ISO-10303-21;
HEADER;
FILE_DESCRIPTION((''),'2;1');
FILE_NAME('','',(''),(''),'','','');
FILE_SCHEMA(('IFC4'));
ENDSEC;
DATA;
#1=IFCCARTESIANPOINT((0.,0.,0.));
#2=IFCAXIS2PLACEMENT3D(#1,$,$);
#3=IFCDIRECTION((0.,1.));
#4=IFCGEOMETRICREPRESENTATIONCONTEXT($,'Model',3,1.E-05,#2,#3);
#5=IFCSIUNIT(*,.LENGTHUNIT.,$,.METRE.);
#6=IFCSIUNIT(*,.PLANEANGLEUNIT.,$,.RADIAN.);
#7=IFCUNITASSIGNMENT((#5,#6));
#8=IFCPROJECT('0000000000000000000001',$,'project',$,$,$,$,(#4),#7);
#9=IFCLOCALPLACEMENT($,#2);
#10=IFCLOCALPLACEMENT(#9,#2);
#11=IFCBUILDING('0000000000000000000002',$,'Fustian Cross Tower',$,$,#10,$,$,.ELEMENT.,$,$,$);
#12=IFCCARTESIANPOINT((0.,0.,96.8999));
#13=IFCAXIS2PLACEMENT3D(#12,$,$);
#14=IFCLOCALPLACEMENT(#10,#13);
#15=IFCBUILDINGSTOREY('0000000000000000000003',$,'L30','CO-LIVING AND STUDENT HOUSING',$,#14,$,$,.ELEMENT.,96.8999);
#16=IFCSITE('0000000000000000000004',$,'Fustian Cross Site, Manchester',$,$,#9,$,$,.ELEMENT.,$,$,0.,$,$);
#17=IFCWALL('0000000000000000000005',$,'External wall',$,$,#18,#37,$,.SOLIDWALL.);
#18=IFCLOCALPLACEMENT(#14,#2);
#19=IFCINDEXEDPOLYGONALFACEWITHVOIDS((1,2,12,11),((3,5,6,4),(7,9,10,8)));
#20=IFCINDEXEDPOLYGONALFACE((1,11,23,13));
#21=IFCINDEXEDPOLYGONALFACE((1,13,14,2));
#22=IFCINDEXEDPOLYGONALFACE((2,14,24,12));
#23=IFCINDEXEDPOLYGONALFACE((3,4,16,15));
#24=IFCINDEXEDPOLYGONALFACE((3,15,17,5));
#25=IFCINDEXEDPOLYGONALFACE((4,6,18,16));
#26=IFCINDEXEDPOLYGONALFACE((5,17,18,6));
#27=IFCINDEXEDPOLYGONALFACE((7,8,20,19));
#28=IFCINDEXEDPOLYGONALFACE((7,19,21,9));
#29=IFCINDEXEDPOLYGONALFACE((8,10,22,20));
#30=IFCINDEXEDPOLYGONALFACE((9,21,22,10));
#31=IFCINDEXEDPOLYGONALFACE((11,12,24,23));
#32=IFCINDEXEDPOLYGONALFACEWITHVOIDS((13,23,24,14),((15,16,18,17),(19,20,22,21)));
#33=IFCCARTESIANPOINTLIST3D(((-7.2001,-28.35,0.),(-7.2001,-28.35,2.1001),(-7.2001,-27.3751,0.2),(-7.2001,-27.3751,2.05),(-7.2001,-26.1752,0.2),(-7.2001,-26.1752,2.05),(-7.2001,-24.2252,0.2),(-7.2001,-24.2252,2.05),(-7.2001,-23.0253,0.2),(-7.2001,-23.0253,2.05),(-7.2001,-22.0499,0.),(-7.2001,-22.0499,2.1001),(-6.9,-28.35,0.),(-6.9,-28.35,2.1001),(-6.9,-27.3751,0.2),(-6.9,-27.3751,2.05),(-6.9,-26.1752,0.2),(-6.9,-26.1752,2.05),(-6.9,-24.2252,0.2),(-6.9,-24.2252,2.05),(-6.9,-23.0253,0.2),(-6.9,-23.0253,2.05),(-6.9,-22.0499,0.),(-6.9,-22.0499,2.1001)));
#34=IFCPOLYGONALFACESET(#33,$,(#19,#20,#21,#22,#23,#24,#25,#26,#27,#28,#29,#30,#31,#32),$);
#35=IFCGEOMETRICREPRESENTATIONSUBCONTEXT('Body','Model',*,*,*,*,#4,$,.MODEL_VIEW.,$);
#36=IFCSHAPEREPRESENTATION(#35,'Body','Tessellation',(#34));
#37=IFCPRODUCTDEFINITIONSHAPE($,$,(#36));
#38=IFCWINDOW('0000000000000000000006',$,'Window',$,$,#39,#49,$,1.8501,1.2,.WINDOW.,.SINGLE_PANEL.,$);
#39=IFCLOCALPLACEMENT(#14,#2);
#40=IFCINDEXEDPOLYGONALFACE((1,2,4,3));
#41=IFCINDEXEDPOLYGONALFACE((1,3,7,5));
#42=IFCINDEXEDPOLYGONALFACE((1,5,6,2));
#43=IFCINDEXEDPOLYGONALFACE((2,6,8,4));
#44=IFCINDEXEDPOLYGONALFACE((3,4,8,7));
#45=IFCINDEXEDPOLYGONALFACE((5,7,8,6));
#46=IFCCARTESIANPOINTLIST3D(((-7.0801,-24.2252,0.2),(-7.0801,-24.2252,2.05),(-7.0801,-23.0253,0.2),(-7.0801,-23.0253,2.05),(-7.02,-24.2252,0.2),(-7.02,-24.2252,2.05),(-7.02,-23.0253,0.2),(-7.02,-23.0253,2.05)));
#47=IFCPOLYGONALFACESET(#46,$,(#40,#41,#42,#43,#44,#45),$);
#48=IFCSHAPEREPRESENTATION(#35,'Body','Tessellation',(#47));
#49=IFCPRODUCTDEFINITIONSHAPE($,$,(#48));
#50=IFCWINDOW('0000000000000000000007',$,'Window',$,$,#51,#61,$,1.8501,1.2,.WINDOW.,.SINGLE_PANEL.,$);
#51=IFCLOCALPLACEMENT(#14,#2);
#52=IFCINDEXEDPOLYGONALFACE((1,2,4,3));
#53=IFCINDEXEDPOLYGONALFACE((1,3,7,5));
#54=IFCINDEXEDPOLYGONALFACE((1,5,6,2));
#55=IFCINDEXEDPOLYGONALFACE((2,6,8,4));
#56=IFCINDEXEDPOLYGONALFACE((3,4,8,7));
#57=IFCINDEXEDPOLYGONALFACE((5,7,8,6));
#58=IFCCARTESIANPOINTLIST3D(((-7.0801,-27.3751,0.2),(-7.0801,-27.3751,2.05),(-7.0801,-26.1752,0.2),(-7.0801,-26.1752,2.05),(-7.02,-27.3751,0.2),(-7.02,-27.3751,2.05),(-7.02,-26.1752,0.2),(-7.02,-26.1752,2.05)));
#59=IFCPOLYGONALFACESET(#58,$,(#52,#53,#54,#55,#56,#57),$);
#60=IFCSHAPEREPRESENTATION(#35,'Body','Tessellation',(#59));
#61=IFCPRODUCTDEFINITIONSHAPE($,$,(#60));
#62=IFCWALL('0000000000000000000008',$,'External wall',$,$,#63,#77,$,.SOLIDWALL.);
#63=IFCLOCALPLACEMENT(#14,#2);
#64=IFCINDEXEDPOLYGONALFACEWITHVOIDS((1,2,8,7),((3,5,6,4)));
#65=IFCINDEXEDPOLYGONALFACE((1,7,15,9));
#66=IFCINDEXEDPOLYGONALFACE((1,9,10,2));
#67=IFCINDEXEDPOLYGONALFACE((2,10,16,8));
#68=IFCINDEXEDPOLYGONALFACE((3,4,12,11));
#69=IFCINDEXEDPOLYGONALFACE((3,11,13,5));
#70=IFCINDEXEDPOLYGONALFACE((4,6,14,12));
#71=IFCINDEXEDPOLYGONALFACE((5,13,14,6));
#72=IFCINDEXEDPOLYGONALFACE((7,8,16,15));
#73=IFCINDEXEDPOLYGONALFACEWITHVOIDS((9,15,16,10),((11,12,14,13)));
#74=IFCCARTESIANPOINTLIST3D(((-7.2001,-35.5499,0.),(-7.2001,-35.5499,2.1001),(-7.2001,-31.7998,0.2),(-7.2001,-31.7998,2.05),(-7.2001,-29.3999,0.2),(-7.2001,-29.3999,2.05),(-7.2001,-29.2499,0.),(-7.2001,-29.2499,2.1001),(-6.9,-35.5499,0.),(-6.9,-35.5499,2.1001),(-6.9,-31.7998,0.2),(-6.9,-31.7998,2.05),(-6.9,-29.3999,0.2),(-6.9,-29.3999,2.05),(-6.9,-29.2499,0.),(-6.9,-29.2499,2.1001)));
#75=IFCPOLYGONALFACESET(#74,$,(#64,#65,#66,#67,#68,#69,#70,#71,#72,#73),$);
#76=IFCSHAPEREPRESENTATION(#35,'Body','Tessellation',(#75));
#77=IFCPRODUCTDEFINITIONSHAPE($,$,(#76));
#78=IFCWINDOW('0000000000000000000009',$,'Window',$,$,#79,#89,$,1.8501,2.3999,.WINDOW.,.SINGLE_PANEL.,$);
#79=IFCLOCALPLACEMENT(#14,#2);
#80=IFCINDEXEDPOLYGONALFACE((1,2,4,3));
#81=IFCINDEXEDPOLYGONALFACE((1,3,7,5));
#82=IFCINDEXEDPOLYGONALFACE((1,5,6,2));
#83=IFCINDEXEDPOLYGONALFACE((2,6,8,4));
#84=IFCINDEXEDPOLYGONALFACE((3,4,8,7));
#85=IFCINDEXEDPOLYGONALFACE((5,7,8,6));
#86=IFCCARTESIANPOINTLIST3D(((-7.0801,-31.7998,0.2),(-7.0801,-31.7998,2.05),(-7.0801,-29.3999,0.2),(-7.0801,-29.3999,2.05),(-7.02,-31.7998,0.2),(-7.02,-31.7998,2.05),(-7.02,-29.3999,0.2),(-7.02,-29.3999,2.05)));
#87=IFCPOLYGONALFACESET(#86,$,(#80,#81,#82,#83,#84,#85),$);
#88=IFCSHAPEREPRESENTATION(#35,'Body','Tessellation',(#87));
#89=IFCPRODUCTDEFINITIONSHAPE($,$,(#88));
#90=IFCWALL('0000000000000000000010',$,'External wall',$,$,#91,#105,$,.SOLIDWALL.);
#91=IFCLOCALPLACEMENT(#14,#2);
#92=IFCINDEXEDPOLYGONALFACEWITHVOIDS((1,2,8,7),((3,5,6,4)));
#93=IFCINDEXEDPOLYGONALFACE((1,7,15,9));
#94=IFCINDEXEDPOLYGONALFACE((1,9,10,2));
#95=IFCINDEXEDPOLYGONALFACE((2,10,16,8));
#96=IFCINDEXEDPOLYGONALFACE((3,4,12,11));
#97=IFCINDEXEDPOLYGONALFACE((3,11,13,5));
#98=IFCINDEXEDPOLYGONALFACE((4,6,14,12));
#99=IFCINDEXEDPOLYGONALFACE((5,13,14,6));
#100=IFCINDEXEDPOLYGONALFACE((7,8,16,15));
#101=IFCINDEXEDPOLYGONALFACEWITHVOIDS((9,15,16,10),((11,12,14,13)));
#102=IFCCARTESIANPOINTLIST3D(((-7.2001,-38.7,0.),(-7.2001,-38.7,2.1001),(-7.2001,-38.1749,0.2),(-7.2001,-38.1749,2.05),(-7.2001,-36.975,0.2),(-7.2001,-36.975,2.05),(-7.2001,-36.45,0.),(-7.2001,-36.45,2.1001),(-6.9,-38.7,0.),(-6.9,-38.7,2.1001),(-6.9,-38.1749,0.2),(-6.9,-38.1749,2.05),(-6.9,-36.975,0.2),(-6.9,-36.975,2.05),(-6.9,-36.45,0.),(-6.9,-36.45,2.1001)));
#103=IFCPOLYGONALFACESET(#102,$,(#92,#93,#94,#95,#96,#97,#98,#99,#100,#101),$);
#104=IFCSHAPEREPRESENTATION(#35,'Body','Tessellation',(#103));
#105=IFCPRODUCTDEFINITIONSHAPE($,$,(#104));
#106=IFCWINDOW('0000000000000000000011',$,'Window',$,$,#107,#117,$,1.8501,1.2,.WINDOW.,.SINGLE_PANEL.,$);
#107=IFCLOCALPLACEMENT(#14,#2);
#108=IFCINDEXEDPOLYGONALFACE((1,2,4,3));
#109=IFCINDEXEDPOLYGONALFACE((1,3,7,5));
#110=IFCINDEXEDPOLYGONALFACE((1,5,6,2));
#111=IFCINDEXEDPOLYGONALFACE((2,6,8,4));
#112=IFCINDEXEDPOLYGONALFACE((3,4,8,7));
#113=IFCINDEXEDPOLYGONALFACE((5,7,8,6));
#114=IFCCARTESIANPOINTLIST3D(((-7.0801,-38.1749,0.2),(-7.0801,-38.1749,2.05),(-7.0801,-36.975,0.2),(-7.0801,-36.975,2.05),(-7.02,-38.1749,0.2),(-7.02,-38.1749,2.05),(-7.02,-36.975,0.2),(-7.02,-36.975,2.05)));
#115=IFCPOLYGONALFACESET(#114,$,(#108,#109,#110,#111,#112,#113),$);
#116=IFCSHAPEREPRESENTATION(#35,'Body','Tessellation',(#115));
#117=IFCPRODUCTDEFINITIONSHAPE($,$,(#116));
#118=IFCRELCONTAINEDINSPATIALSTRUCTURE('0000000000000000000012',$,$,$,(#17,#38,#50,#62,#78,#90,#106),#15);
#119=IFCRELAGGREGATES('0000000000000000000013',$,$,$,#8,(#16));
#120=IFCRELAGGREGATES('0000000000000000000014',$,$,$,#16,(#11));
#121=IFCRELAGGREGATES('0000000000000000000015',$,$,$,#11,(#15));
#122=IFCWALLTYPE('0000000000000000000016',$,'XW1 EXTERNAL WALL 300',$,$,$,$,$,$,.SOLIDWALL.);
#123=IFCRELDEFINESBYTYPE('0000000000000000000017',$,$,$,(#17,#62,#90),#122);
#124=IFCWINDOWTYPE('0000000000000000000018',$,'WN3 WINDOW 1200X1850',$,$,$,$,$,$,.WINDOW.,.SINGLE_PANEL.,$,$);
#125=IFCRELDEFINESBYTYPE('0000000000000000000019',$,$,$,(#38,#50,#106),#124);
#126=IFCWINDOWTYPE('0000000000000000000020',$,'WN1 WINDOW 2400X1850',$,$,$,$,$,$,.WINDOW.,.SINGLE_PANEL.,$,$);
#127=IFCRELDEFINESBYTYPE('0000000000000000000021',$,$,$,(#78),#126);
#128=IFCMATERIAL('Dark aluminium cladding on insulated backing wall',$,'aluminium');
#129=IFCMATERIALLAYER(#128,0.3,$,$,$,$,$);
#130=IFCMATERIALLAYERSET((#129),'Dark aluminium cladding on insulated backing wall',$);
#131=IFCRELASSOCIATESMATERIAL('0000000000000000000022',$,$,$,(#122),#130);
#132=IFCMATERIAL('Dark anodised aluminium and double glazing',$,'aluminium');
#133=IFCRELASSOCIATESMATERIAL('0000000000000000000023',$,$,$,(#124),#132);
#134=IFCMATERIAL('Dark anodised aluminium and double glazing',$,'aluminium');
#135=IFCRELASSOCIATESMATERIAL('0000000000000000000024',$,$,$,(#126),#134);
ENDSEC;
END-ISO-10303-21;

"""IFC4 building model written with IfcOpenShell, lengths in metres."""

from ifc_helpers import new_model, si_unit, direction, frame, frame_2d, origin, place, context, subcontext, project, spatial, rectangle, extrude, material, layer, layer_set, type_object, element, fill, save


model = new_model("IFC4")

# Units and contexts
model_context = context("Model", 3, precision=1e-05, world=origin(), true_north=direction((0.0, 1.0)))
body_context = subcontext(model_context, "Body", "Model", "MODEL_VIEW")
ifc_project = project(units=[si_unit("LENGTHUNIT", "METRE"), si_unit("PLANEANGLEUNIT", "RADIAN")], contexts=[model_context])

# Site, building, storey
site_placement = place(None, origin())
site = spatial("IfcSite", under=ifc_project, at=site_placement, Name="Fustian Cross Site, Manchester", CompositionType="ELEMENT", RefElevation=0.0)
building_placement = place(site_placement, origin())
building = spatial("IfcBuilding", under=site, at=building_placement, Name="Fustian Cross Tower", CompositionType="ELEMENT")
storey_placement = place(building_placement, frame((0.0, 0.0, 96.8999)))
storey = spatial("IfcBuildingStorey", under=building, at=storey_placement, Name="L30", Description="CO-LIVING AND STUDENT HOUSING", CompositionType="ELEMENT", Elevation=96.8999)

# Shared definitions
ifc_material_1 = material(Name="Dark aluminium cladding on insulated backing wall", Category="aluminium")
ifc_layer_1 = layer(ifc_material_1, 0.3)
ifc_layer_set_1 = layer_set([ifc_layer_1], Name="Dark aluminium cladding on insulated backing wall")
wall_type_1 = type_object("IfcWallType", Name="XW1 EXTERNAL WALL 300", PredefinedType="SOLIDWALL", material=ifc_layer_set_1)

# Shared definitions
ifc_material_2 = material(Name="Dark anodised aluminium and double glazing", Category="aluminium")
window_type_1 = type_object("IfcWindowType", Name="WN3 WINDOW 1200X1850", PartitioningType="SINGLE_PANEL", PredefinedType="WINDOW", material=ifc_material_2)

# Wall, openings, windows
wall_1_placement = place(storey_placement, frame((-7.05, -22.05, 0.0), z_axis=(0.0, 0.0, 1.0), x_axis=(0.0, -1.0, 0.0)))
wall_1 = element("IfcWall", 1, at=wall_1_placement, inside=storey, type_object=wall_type_1, Name="External wall", PredefinedType="SOLIDWALL", context=body_context, shape_type="SweptSolid", body=[
    extrude(rectangle(XDim=6.3, YDim=0.3, at=frame_2d((3.1499, 0.0))), origin(), (0.0, 0.0, 1.0), 2.1001),
])
opening_1_placement = place(wall_1_placement, frame((0.9751, 0.0, 0.2)))
opening_1 = element("IfcOpeningElement", 2, at=opening_1_placement, cuts=wall_1, PredefinedType="OPENING", context=body_context, shape_type="SweptSolid", body=[
    extrude(rectangle(XDim=1.2, YDim=1.8501, at=frame_2d((0.6001, 0.925))), frame((0.0, 0.1599, 0.0), z_axis=(0.0, -1.0, 0.0), x_axis=(1.0, 0.0, 0.0)), (0.0, 0.0, 1.0), 0.3201),
])
opening_2_placement = place(wall_1_placement, frame((4.125, 0.0, 0.2)))
opening_2 = element("IfcOpeningElement", 3, at=opening_2_placement, cuts=wall_1, PredefinedType="OPENING", context=body_context, shape_type="SweptSolid", body=[
    extrude(rectangle(XDim=1.2, YDim=1.8501, at=frame_2d((0.6001, 0.925))), frame((0.0, 0.1599, 0.0), z_axis=(0.0, -1.0, 0.0), x_axis=(1.0, 0.0, 0.0)), (0.0, 0.0, 1.0), 0.3201),
])
window_1_placement = place(opening_1_placement, origin())
window_1 = element("IfcWindow", 4, at=window_1_placement, inside=storey, type_object=window_type_1, Name="Window", OverallHeight=1.8501, OverallWidth=1.2, PartitioningType="SINGLE_PANEL", PredefinedType="WINDOW", context=body_context, shape_type="SweptSolid", body=[
    extrude(rectangle(XDim=1.2, YDim=1.8501, at=frame_2d((0.6001, 0.925))), frame((0.0, 0.03, 0.0), z_axis=(0.0, -1.0, 0.0), x_axis=(1.0, 0.0, 0.0)), (0.0, 0.0, 1.0), 0.0601),
])
fill(opening_1, window_1)
window_2_placement = place(opening_2_placement, origin())
window_2 = element("IfcWindow", 5, at=window_2_placement, inside=storey, type_object=window_type_1, Name="Window", OverallHeight=1.8501, OverallWidth=1.2, PartitioningType="SINGLE_PANEL", PredefinedType="WINDOW", context=body_context, shape_type="SweptSolid", body=[
    extrude(rectangle(XDim=1.2, YDim=1.8501, at=frame_2d((0.6001, 0.925))), frame((0.0, 0.03, 0.0), z_axis=(0.0, -1.0, 0.0), x_axis=(1.0, 0.0, 0.0)), (0.0, 0.0, 1.0), 0.0601),
])
fill(opening_2, window_2)

# Walls, openings, windows
wall_2_placement = place(storey_placement, frame((-7.05, -29.25, 0.0), z_axis=(0.0, 0.0, 1.0), x_axis=(0.0, -1.0, 0.0)))
wall_2 = element("IfcWall", 6, at=wall_2_placement, inside=storey, type_object=wall_type_1, Name="External wall", PredefinedType="SOLIDWALL", context=body_context, shape_type="SweptSolid", body=[
    extrude(rectangle(XDim=6.3, YDim=0.3, at=frame_2d((3.1499, 0.0))), origin(), (0.0, 0.0, 1.0), 2.1001),
])
opening_3_placement = place(wall_2_placement, frame((0.1499, 0.0, 0.2)))
opening_3 = element("IfcOpeningElement", 7, at=opening_3_placement, cuts=wall_2, PredefinedType="OPENING", context=body_context, shape_type="SweptSolid", body=[
    extrude(rectangle(XDim=2.3999, YDim=1.8501, at=frame_2d((1.2, 0.925))), frame((0.0, 0.1599, 0.0), z_axis=(0.0, -1.0, 0.0), x_axis=(1.0, 0.0, 0.0)), (0.0, 0.0, 1.0), 0.3201),
])
ifc_material_3 = material(Name="Dark anodised aluminium and double glazing", Category="aluminium")
window_type_2 = type_object("IfcWindowType", Name="WN1 WINDOW 2400X1850", PartitioningType="SINGLE_PANEL", PredefinedType="WINDOW", material=ifc_material_3)
window_3_placement = place(opening_3_placement, origin())
window_3 = element("IfcWindow", 8, at=window_3_placement, inside=storey, type_object=window_type_2, Name="Window", OverallHeight=1.8501, OverallWidth=2.3999, PartitioningType="SINGLE_PANEL", PredefinedType="WINDOW", context=body_context, shape_type="SweptSolid", body=[
    extrude(rectangle(XDim=2.3999, YDim=1.8501, at=frame_2d((1.2, 0.925))), frame((0.0, 0.03, 0.0), z_axis=(0.0, -1.0, 0.0), x_axis=(1.0, 0.0, 0.0)), (0.0, 0.0, 1.0), 0.0601),
])
fill(opening_3, window_3)
wall_3_placement = place(storey_placement, frame((-7.05, -36.45, 0.0), z_axis=(0.0, 0.0, 1.0), x_axis=(0.0, -1.0, 0.0)))
wall_3 = element("IfcWall", 9, at=wall_3_placement, inside=storey, type_object=wall_type_1, Name="External wall", PredefinedType="SOLIDWALL", context=body_context, shape_type="SweptSolid", body=[
    extrude(rectangle(XDim=2.25, YDim=0.3, at=frame_2d((1.125, 0.0))), origin(), (0.0, 0.0, 1.0), 2.1001),
])
opening_4_placement = place(wall_3_placement, frame((0.5249, 0.0, 0.2)))
opening_4 = element("IfcOpeningElement", 10, at=opening_4_placement, cuts=wall_3, PredefinedType="OPENING", context=body_context, shape_type="SweptSolid", body=[
    extrude(rectangle(XDim=1.2, YDim=1.8501, at=frame_2d((0.6001, 0.925))), frame((0.0, 0.1599, 0.0), z_axis=(0.0, -1.0, 0.0), x_axis=(1.0, 0.0, 0.0)), (0.0, 0.0, 1.0), 0.3201),
])
window_4_placement = place(opening_4_placement, origin())
window_4 = element("IfcWindow", 11, at=window_4_placement, inside=storey, type_object=window_type_1, Name="Window", OverallHeight=1.8501, OverallWidth=1.2, PartitioningType="SINGLE_PANEL", PredefinedType="WINDOW", context=body_context, shape_type="SweptSolid", body=[
    extrude(rectangle(XDim=1.2, YDim=1.8501, at=frame_2d((0.6001, 0.925))), frame((0.0, 0.03, 0.0), z_axis=(0.0, -1.0, 0.0), x_axis=(1.0, 0.0, 0.0)), (0.0, 0.0, 1.0), 0.0601),
])
fill(opening_4, window_4)

save(model, "model.ifc")
